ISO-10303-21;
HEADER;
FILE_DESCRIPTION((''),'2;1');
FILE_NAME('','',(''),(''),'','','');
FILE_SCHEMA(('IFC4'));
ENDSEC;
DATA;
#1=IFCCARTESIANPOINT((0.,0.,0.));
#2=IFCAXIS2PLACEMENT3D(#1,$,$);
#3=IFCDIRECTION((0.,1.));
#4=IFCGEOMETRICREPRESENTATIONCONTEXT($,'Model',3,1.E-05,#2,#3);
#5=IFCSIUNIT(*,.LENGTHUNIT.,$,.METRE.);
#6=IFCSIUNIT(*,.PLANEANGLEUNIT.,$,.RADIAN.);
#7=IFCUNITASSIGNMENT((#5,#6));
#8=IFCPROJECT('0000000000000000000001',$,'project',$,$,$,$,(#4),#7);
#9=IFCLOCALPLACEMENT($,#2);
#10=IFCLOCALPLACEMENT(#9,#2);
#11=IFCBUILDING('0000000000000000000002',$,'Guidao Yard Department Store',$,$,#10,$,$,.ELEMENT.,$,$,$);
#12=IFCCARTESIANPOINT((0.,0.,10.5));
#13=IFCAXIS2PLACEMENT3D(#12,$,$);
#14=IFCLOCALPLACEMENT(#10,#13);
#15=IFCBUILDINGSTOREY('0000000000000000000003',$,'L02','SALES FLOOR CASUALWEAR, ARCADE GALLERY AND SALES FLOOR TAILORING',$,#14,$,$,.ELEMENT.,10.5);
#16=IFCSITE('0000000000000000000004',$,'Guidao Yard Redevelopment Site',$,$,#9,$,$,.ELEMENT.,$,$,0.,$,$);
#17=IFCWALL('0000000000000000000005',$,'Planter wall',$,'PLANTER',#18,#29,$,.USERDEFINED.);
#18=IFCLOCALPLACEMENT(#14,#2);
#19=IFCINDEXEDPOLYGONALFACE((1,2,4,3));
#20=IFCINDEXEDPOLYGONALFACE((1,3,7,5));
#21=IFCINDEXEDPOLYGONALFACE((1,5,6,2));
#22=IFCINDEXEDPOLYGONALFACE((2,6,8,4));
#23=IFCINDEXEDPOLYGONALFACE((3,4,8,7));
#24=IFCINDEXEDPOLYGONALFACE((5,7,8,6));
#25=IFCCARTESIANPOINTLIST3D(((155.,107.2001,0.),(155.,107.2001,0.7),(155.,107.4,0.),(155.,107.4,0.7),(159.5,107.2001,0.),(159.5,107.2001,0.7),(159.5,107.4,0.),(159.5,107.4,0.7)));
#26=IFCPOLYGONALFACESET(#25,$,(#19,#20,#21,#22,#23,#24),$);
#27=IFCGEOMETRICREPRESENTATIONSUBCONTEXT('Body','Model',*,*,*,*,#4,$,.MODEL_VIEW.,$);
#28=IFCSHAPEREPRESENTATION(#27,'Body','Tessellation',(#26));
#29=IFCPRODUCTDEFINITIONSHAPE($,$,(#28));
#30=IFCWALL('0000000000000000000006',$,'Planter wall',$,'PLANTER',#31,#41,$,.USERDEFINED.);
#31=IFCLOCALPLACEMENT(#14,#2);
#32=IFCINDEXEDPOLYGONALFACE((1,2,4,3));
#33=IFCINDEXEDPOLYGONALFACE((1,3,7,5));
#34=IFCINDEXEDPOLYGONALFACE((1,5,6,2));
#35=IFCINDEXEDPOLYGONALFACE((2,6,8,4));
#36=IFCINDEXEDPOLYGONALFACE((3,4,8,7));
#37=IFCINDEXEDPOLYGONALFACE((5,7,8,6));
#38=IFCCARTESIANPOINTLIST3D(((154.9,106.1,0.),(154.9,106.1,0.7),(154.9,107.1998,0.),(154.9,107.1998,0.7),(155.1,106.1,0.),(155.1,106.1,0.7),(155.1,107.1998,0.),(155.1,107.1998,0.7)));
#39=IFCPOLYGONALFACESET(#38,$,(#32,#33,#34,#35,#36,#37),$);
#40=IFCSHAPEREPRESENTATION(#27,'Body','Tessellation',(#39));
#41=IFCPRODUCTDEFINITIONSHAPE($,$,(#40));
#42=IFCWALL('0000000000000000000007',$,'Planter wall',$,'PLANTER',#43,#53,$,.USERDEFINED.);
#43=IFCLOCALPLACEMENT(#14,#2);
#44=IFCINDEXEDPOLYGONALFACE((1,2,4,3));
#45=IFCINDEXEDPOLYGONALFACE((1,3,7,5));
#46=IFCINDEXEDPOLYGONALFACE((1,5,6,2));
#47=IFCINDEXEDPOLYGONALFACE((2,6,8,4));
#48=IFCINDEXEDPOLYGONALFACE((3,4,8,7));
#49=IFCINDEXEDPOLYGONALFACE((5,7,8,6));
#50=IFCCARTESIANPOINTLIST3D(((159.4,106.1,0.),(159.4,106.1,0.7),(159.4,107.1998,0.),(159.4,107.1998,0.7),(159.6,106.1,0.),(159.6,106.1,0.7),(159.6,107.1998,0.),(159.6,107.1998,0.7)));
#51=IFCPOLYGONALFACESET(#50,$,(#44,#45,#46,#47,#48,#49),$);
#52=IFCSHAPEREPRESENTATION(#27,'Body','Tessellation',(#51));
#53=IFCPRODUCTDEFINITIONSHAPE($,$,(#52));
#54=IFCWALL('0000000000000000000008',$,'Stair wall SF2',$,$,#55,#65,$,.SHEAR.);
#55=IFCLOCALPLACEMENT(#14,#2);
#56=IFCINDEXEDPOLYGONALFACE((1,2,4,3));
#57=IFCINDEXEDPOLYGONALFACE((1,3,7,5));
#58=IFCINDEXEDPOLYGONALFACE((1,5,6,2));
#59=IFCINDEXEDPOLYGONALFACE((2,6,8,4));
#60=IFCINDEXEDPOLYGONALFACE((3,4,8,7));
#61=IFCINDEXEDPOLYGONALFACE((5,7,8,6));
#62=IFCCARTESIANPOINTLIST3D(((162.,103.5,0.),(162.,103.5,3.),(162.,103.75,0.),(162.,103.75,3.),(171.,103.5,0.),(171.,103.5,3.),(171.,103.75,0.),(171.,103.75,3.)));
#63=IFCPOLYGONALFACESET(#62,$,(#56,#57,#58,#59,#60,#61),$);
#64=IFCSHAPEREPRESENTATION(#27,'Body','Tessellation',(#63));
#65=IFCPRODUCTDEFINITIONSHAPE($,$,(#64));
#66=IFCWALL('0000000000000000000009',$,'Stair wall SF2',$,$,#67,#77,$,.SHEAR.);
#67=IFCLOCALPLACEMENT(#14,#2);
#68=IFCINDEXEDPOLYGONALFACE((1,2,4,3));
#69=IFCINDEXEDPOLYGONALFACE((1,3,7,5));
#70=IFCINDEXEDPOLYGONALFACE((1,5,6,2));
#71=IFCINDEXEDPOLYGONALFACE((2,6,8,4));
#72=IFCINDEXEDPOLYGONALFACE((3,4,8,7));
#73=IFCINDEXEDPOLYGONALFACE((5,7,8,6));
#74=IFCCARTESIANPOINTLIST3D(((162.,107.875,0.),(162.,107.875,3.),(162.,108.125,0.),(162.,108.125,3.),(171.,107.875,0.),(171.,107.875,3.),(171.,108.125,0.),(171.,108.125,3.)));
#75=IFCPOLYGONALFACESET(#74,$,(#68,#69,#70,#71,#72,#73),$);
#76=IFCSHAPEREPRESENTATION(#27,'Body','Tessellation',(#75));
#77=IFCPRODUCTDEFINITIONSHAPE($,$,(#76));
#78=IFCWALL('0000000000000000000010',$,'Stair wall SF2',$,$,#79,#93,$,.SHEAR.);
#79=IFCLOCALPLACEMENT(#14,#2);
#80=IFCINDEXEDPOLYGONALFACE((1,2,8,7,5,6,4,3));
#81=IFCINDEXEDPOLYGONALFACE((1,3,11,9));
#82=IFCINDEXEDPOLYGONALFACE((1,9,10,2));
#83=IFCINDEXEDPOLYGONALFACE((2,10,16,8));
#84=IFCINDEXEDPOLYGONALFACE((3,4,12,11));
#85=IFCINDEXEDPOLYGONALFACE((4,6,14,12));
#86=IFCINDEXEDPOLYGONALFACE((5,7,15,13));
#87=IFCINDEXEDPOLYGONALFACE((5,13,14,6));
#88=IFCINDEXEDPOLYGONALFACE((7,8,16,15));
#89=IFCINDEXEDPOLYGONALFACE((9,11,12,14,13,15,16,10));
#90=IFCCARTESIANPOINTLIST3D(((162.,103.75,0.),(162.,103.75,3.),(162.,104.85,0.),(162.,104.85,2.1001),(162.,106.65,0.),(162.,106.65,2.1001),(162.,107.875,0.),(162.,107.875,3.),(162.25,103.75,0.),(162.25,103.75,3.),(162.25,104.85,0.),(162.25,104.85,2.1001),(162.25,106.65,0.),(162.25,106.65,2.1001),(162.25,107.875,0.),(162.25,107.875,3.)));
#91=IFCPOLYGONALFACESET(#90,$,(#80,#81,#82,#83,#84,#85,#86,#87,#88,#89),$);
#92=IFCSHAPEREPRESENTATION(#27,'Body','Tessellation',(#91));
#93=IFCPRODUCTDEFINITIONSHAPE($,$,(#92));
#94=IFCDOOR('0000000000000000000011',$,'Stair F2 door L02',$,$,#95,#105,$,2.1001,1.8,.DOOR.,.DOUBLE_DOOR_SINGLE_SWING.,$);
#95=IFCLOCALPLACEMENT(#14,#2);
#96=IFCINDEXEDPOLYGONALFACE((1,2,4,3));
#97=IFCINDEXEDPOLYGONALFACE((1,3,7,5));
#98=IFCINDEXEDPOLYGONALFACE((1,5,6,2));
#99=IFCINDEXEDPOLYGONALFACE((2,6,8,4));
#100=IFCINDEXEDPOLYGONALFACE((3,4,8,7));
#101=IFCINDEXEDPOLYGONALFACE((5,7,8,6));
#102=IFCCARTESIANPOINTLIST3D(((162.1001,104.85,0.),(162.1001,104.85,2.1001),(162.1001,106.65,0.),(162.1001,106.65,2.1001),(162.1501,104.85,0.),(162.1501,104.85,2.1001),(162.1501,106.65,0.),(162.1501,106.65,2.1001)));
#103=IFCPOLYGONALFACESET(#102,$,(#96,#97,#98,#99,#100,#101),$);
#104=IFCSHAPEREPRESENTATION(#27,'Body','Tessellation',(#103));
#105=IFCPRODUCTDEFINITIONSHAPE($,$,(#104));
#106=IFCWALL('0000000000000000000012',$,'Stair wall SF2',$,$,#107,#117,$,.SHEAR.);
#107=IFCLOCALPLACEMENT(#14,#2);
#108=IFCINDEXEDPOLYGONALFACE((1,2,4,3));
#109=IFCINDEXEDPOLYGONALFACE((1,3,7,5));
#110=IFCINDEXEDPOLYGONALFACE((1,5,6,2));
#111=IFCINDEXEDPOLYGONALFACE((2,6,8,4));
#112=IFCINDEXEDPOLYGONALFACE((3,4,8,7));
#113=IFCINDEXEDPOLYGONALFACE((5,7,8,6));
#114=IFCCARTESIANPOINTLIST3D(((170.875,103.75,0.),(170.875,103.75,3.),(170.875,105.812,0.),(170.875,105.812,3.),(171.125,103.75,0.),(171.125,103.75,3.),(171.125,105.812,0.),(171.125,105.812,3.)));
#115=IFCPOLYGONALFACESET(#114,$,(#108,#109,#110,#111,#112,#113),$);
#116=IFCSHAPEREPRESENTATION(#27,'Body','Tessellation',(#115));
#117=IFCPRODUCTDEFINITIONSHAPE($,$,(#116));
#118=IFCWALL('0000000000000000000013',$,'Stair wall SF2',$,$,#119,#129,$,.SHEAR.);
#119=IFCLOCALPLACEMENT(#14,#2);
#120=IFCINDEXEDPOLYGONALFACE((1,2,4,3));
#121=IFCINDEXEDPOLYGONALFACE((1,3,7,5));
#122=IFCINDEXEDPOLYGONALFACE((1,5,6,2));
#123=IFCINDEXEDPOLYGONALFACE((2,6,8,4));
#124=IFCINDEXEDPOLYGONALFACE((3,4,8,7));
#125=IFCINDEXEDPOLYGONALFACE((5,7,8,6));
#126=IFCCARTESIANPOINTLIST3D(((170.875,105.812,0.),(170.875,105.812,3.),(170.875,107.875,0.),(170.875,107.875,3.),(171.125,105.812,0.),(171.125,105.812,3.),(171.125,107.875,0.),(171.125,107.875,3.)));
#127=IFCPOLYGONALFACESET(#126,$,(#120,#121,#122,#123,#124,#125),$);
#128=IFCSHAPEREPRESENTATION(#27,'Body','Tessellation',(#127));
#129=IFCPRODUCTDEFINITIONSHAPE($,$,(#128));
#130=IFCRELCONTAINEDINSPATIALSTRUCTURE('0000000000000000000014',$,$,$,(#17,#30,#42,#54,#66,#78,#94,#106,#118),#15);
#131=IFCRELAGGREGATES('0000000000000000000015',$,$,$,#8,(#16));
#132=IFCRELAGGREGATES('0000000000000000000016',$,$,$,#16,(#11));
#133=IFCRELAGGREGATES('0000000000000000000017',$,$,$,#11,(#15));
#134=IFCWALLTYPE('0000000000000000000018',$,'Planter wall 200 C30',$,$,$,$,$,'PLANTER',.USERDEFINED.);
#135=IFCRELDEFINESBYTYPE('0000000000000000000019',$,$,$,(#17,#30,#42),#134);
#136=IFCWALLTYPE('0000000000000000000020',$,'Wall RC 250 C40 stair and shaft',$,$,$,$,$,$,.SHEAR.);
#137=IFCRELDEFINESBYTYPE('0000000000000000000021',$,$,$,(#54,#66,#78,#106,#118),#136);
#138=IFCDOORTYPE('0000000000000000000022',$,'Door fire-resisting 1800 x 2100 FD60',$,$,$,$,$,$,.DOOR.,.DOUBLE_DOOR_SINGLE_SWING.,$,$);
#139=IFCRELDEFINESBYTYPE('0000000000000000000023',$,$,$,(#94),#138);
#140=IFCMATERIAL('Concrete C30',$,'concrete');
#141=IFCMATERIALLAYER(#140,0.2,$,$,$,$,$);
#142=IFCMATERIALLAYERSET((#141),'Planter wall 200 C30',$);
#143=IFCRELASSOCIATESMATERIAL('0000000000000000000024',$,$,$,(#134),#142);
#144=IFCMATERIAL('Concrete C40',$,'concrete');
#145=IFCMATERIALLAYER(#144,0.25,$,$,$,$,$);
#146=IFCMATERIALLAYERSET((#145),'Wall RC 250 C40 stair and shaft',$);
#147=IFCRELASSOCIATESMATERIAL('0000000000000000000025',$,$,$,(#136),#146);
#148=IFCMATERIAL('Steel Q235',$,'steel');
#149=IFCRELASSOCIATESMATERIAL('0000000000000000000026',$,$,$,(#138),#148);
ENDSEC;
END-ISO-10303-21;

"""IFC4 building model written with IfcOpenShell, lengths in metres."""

from ifc_helpers import new_model, si_unit, direction, frame, frame_2d, origin, place, context, subcontext, project, spatial, rectangle, extrude, material, layer, layer_set, type_object, element, fill, save


model = new_model("IFC4")

# Units and contexts
model_context = context("Model", 3, precision=1e-05, world=origin(), true_north=direction((0.0, 1.0)))
body_context = subcontext(model_context, "Body", "Model", "MODEL_VIEW")
ifc_project = project(units=[si_unit("LENGTHUNIT", "METRE"), si_unit("PLANEANGLEUNIT", "RADIAN")], contexts=[model_context])

# Site, building, storey
site_placement = place(None, origin())
site = spatial("IfcSite", under=ifc_project, at=site_placement, Name="Guidao Yard Redevelopment Site", CompositionType="ELEMENT", RefElevation=0.0)
building_placement = place(site_placement, origin())
building = spatial("IfcBuilding", under=site, at=building_placement, Name="Guidao Yard Department Store", CompositionType="ELEMENT")
storey_placement = place(building_placement, frame((0.0, 0.0, 10.5)))
storey = spatial("IfcBuildingStorey", under=building, at=storey_placement, Name="L02", Description="SALES FLOOR CASUALWEAR, ARCADE GALLERY AND SALES FLOOR TAILORING", CompositionType="ELEMENT", Elevation=10.5)

# Walls
ifc_material_1 = material(Name="Concrete C30", Category="concrete")
ifc_layer_1 = layer(ifc_material_1, 0.2)
ifc_layer_set_1 = layer_set([ifc_layer_1], Name="Planter wall 200 C30")
wall_type_1 = type_object("IfcWallType", Name="Planter wall 200 C30", ElementType="PLANTER", PredefinedType="USERDEFINED", material=ifc_layer_set_1)
for number, where, z_axis, x_axis, name in (
    (1, (155.0, 107.3, 0.0), (0.0, 0.0, 1.0), (1.0, 0.0, 0.0), "Planter wall"),
):
    element("IfcWall", number, at=place(storey_placement, frame(where, z_axis=z_axis, x_axis=x_axis)), inside=storey, type_object=wall_type_1, Name=name, ObjectType="PLANTER", PredefinedType="USERDEFINED", context=body_context, shape_type="SweptSolid", body=[
        extrude(rectangle(XDim=4.5, YDim=0.2, at=frame_2d((2.25, 0.0))), origin(), (0.0, 0.0, 1.0), 0.7),
    ])
for number, where, z_axis, x_axis, name in (
    (2, (155.0, 106.1001, 0.0), (0.0, 0.0, 1.0), (0.0, 1.0, 0.0), "Planter wall"),
    (3, (159.5, 106.1001, 0.0), (0.0, 0.0, 1.0), (0.0, 1.0, 0.0), "Planter wall"),
):
    element("IfcWall", number, at=place(storey_placement, frame(where, z_axis=z_axis, x_axis=x_axis)), inside=storey, type_object=wall_type_1, Name=name, ObjectType="PLANTER", PredefinedType="USERDEFINED", context=body_context, shape_type="SweptSolid", body=[
        extrude(rectangle(XDim=1.0999, YDim=0.2, at=frame_2d((0.5498, 0.0))), origin(), (0.0, 0.0, 1.0), 0.7),
    ])
ifc_material_2 = material(Name="Concrete C40", Category="concrete")
ifc_layer_2 = layer(ifc_material_2, 0.25)
ifc_layer_set_2 = layer_set([ifc_layer_2], Name="Wall RC 250 C40 stair and shaft")
wall_type_2 = type_object("IfcWallType", Name="Wall RC 250 C40 stair and shaft", PredefinedType="SHEAR", material=ifc_layer_set_2)
for number, where, z_axis, x_axis, name in (
    (4, (162.0, 103.625, 0.0), (0.0, 0.0, 1.0), (1.0, 0.0, 0.0), "Stair wall SF2"),
    (5, (162.0, 108.0, 0.0), (0.0, 0.0, 1.0), (1.0, 0.0, 0.0), "Stair wall SF2"),
):
    element("IfcWall", number, at=place(storey_placement, frame(where, z_axis=z_axis, x_axis=x_axis)), inside=storey, type_object=wall_type_2, Name=name, PredefinedType="SHEAR", context=body_context, shape_type="SweptSolid", body=[
        extrude(rectangle(XDim=9.0, YDim=0.25, at=frame_2d((4.5, 0.0))), origin(), (0.0, 0.0, 1.0), 3.0),
    ])

# Wall, opening, door
wall_1_placement = place(storey_placement, frame((162.125, 103.75, 0.0), z_axis=(0.0, 0.0, 1.0), x_axis=(0.0, 1.0, 0.0)))
wall_1 = element("IfcWall", 6, at=wall_1_placement, inside=storey, type_object=wall_type_2, Name="Stair wall SF2", PredefinedType="SHEAR", context=body_context, shape_type="SweptSolid", body=[
    extrude(rectangle(XDim=4.125, YDim=0.25, at=frame_2d((2.0625, 0.0))), origin(), (0.0, 0.0, 1.0), 3.0),
])
opening_placement = place(wall_1_placement, frame((1.1001, 0.0, 0.0)))
opening = element("IfcOpeningElement", 7, at=opening_placement, cuts=wall_1, PredefinedType="OPENING", context=body_context, shape_type="SweptSolid", body=[
    extrude(rectangle(XDim=1.8, YDim=2.1001, at=frame_2d((0.8999, 1.05))), frame((0.0, 0.135, 0.0), z_axis=(0.0, -1.0, 0.0), x_axis=(1.0, 0.0, 0.0)), (0.0, 0.0, 1.0), 0.27),
])
ifc_material_3 = material(Name="Steel Q235", Category="steel")
door_type = type_object("IfcDoorType", Name="Door fire-resisting 1800 x 2100 FD60", OperationType="DOUBLE_DOOR_SINGLE_SWING", PredefinedType="DOOR", material=ifc_material_3)
door_placement = place(opening_placement, origin())
door = element("IfcDoor", 8, at=door_placement, inside=storey, type_object=door_type, Name="Stair F2 door L02", OperationType="DOUBLE_DOOR_SINGLE_SWING", OverallHeight=2.1001, OverallWidth=1.8, PredefinedType="DOOR", context=body_context, shape_type="SweptSolid", body=[
    extrude(rectangle(XDim=1.8, YDim=2.1001, at=frame_2d((0.8999, 1.05))), frame((0.0, 0.0249, 0.0), z_axis=(0.0, -1.0, 0.0), x_axis=(1.0, 0.0, 0.0)), (0.0, 0.0, 1.0), 0.05),
])
fill(opening, door)

# Walls
wall_2_placement = place(storey_placement, frame((171.0, 103.75, 0.0), z_axis=(0.0, 0.0, 1.0), x_axis=(0.0, 1.0, 0.0)))
element("IfcWall", 9, at=wall_2_placement, inside=storey, type_object=wall_type_2, Name="Stair wall SF2", PredefinedType="SHEAR", context=body_context, shape_type="SweptSolid", body=[
    extrude(rectangle(XDim=2.062, YDim=0.25, at=frame_2d((1.031, 0.0))), origin(), (0.0, 0.0, 1.0), 3.0),
])
wall_3_placement = place(storey_placement, frame((171.0, 105.812, 0.0), z_axis=(0.0, 0.0, 1.0), x_axis=(0.0, 1.0, 0.0)))
element("IfcWall", 10, at=wall_3_placement, inside=storey, type_object=wall_type_2, Name="Stair wall SF2", PredefinedType="SHEAR", context=body_context, shape_type="SweptSolid", body=[
    extrude(rectangle(XDim=2.063, YDim=0.25, at=frame_2d((1.0315, 0.0))), origin(), (0.0, 0.0, 1.0), 3.0),
])

save(model, "model.ifc")
